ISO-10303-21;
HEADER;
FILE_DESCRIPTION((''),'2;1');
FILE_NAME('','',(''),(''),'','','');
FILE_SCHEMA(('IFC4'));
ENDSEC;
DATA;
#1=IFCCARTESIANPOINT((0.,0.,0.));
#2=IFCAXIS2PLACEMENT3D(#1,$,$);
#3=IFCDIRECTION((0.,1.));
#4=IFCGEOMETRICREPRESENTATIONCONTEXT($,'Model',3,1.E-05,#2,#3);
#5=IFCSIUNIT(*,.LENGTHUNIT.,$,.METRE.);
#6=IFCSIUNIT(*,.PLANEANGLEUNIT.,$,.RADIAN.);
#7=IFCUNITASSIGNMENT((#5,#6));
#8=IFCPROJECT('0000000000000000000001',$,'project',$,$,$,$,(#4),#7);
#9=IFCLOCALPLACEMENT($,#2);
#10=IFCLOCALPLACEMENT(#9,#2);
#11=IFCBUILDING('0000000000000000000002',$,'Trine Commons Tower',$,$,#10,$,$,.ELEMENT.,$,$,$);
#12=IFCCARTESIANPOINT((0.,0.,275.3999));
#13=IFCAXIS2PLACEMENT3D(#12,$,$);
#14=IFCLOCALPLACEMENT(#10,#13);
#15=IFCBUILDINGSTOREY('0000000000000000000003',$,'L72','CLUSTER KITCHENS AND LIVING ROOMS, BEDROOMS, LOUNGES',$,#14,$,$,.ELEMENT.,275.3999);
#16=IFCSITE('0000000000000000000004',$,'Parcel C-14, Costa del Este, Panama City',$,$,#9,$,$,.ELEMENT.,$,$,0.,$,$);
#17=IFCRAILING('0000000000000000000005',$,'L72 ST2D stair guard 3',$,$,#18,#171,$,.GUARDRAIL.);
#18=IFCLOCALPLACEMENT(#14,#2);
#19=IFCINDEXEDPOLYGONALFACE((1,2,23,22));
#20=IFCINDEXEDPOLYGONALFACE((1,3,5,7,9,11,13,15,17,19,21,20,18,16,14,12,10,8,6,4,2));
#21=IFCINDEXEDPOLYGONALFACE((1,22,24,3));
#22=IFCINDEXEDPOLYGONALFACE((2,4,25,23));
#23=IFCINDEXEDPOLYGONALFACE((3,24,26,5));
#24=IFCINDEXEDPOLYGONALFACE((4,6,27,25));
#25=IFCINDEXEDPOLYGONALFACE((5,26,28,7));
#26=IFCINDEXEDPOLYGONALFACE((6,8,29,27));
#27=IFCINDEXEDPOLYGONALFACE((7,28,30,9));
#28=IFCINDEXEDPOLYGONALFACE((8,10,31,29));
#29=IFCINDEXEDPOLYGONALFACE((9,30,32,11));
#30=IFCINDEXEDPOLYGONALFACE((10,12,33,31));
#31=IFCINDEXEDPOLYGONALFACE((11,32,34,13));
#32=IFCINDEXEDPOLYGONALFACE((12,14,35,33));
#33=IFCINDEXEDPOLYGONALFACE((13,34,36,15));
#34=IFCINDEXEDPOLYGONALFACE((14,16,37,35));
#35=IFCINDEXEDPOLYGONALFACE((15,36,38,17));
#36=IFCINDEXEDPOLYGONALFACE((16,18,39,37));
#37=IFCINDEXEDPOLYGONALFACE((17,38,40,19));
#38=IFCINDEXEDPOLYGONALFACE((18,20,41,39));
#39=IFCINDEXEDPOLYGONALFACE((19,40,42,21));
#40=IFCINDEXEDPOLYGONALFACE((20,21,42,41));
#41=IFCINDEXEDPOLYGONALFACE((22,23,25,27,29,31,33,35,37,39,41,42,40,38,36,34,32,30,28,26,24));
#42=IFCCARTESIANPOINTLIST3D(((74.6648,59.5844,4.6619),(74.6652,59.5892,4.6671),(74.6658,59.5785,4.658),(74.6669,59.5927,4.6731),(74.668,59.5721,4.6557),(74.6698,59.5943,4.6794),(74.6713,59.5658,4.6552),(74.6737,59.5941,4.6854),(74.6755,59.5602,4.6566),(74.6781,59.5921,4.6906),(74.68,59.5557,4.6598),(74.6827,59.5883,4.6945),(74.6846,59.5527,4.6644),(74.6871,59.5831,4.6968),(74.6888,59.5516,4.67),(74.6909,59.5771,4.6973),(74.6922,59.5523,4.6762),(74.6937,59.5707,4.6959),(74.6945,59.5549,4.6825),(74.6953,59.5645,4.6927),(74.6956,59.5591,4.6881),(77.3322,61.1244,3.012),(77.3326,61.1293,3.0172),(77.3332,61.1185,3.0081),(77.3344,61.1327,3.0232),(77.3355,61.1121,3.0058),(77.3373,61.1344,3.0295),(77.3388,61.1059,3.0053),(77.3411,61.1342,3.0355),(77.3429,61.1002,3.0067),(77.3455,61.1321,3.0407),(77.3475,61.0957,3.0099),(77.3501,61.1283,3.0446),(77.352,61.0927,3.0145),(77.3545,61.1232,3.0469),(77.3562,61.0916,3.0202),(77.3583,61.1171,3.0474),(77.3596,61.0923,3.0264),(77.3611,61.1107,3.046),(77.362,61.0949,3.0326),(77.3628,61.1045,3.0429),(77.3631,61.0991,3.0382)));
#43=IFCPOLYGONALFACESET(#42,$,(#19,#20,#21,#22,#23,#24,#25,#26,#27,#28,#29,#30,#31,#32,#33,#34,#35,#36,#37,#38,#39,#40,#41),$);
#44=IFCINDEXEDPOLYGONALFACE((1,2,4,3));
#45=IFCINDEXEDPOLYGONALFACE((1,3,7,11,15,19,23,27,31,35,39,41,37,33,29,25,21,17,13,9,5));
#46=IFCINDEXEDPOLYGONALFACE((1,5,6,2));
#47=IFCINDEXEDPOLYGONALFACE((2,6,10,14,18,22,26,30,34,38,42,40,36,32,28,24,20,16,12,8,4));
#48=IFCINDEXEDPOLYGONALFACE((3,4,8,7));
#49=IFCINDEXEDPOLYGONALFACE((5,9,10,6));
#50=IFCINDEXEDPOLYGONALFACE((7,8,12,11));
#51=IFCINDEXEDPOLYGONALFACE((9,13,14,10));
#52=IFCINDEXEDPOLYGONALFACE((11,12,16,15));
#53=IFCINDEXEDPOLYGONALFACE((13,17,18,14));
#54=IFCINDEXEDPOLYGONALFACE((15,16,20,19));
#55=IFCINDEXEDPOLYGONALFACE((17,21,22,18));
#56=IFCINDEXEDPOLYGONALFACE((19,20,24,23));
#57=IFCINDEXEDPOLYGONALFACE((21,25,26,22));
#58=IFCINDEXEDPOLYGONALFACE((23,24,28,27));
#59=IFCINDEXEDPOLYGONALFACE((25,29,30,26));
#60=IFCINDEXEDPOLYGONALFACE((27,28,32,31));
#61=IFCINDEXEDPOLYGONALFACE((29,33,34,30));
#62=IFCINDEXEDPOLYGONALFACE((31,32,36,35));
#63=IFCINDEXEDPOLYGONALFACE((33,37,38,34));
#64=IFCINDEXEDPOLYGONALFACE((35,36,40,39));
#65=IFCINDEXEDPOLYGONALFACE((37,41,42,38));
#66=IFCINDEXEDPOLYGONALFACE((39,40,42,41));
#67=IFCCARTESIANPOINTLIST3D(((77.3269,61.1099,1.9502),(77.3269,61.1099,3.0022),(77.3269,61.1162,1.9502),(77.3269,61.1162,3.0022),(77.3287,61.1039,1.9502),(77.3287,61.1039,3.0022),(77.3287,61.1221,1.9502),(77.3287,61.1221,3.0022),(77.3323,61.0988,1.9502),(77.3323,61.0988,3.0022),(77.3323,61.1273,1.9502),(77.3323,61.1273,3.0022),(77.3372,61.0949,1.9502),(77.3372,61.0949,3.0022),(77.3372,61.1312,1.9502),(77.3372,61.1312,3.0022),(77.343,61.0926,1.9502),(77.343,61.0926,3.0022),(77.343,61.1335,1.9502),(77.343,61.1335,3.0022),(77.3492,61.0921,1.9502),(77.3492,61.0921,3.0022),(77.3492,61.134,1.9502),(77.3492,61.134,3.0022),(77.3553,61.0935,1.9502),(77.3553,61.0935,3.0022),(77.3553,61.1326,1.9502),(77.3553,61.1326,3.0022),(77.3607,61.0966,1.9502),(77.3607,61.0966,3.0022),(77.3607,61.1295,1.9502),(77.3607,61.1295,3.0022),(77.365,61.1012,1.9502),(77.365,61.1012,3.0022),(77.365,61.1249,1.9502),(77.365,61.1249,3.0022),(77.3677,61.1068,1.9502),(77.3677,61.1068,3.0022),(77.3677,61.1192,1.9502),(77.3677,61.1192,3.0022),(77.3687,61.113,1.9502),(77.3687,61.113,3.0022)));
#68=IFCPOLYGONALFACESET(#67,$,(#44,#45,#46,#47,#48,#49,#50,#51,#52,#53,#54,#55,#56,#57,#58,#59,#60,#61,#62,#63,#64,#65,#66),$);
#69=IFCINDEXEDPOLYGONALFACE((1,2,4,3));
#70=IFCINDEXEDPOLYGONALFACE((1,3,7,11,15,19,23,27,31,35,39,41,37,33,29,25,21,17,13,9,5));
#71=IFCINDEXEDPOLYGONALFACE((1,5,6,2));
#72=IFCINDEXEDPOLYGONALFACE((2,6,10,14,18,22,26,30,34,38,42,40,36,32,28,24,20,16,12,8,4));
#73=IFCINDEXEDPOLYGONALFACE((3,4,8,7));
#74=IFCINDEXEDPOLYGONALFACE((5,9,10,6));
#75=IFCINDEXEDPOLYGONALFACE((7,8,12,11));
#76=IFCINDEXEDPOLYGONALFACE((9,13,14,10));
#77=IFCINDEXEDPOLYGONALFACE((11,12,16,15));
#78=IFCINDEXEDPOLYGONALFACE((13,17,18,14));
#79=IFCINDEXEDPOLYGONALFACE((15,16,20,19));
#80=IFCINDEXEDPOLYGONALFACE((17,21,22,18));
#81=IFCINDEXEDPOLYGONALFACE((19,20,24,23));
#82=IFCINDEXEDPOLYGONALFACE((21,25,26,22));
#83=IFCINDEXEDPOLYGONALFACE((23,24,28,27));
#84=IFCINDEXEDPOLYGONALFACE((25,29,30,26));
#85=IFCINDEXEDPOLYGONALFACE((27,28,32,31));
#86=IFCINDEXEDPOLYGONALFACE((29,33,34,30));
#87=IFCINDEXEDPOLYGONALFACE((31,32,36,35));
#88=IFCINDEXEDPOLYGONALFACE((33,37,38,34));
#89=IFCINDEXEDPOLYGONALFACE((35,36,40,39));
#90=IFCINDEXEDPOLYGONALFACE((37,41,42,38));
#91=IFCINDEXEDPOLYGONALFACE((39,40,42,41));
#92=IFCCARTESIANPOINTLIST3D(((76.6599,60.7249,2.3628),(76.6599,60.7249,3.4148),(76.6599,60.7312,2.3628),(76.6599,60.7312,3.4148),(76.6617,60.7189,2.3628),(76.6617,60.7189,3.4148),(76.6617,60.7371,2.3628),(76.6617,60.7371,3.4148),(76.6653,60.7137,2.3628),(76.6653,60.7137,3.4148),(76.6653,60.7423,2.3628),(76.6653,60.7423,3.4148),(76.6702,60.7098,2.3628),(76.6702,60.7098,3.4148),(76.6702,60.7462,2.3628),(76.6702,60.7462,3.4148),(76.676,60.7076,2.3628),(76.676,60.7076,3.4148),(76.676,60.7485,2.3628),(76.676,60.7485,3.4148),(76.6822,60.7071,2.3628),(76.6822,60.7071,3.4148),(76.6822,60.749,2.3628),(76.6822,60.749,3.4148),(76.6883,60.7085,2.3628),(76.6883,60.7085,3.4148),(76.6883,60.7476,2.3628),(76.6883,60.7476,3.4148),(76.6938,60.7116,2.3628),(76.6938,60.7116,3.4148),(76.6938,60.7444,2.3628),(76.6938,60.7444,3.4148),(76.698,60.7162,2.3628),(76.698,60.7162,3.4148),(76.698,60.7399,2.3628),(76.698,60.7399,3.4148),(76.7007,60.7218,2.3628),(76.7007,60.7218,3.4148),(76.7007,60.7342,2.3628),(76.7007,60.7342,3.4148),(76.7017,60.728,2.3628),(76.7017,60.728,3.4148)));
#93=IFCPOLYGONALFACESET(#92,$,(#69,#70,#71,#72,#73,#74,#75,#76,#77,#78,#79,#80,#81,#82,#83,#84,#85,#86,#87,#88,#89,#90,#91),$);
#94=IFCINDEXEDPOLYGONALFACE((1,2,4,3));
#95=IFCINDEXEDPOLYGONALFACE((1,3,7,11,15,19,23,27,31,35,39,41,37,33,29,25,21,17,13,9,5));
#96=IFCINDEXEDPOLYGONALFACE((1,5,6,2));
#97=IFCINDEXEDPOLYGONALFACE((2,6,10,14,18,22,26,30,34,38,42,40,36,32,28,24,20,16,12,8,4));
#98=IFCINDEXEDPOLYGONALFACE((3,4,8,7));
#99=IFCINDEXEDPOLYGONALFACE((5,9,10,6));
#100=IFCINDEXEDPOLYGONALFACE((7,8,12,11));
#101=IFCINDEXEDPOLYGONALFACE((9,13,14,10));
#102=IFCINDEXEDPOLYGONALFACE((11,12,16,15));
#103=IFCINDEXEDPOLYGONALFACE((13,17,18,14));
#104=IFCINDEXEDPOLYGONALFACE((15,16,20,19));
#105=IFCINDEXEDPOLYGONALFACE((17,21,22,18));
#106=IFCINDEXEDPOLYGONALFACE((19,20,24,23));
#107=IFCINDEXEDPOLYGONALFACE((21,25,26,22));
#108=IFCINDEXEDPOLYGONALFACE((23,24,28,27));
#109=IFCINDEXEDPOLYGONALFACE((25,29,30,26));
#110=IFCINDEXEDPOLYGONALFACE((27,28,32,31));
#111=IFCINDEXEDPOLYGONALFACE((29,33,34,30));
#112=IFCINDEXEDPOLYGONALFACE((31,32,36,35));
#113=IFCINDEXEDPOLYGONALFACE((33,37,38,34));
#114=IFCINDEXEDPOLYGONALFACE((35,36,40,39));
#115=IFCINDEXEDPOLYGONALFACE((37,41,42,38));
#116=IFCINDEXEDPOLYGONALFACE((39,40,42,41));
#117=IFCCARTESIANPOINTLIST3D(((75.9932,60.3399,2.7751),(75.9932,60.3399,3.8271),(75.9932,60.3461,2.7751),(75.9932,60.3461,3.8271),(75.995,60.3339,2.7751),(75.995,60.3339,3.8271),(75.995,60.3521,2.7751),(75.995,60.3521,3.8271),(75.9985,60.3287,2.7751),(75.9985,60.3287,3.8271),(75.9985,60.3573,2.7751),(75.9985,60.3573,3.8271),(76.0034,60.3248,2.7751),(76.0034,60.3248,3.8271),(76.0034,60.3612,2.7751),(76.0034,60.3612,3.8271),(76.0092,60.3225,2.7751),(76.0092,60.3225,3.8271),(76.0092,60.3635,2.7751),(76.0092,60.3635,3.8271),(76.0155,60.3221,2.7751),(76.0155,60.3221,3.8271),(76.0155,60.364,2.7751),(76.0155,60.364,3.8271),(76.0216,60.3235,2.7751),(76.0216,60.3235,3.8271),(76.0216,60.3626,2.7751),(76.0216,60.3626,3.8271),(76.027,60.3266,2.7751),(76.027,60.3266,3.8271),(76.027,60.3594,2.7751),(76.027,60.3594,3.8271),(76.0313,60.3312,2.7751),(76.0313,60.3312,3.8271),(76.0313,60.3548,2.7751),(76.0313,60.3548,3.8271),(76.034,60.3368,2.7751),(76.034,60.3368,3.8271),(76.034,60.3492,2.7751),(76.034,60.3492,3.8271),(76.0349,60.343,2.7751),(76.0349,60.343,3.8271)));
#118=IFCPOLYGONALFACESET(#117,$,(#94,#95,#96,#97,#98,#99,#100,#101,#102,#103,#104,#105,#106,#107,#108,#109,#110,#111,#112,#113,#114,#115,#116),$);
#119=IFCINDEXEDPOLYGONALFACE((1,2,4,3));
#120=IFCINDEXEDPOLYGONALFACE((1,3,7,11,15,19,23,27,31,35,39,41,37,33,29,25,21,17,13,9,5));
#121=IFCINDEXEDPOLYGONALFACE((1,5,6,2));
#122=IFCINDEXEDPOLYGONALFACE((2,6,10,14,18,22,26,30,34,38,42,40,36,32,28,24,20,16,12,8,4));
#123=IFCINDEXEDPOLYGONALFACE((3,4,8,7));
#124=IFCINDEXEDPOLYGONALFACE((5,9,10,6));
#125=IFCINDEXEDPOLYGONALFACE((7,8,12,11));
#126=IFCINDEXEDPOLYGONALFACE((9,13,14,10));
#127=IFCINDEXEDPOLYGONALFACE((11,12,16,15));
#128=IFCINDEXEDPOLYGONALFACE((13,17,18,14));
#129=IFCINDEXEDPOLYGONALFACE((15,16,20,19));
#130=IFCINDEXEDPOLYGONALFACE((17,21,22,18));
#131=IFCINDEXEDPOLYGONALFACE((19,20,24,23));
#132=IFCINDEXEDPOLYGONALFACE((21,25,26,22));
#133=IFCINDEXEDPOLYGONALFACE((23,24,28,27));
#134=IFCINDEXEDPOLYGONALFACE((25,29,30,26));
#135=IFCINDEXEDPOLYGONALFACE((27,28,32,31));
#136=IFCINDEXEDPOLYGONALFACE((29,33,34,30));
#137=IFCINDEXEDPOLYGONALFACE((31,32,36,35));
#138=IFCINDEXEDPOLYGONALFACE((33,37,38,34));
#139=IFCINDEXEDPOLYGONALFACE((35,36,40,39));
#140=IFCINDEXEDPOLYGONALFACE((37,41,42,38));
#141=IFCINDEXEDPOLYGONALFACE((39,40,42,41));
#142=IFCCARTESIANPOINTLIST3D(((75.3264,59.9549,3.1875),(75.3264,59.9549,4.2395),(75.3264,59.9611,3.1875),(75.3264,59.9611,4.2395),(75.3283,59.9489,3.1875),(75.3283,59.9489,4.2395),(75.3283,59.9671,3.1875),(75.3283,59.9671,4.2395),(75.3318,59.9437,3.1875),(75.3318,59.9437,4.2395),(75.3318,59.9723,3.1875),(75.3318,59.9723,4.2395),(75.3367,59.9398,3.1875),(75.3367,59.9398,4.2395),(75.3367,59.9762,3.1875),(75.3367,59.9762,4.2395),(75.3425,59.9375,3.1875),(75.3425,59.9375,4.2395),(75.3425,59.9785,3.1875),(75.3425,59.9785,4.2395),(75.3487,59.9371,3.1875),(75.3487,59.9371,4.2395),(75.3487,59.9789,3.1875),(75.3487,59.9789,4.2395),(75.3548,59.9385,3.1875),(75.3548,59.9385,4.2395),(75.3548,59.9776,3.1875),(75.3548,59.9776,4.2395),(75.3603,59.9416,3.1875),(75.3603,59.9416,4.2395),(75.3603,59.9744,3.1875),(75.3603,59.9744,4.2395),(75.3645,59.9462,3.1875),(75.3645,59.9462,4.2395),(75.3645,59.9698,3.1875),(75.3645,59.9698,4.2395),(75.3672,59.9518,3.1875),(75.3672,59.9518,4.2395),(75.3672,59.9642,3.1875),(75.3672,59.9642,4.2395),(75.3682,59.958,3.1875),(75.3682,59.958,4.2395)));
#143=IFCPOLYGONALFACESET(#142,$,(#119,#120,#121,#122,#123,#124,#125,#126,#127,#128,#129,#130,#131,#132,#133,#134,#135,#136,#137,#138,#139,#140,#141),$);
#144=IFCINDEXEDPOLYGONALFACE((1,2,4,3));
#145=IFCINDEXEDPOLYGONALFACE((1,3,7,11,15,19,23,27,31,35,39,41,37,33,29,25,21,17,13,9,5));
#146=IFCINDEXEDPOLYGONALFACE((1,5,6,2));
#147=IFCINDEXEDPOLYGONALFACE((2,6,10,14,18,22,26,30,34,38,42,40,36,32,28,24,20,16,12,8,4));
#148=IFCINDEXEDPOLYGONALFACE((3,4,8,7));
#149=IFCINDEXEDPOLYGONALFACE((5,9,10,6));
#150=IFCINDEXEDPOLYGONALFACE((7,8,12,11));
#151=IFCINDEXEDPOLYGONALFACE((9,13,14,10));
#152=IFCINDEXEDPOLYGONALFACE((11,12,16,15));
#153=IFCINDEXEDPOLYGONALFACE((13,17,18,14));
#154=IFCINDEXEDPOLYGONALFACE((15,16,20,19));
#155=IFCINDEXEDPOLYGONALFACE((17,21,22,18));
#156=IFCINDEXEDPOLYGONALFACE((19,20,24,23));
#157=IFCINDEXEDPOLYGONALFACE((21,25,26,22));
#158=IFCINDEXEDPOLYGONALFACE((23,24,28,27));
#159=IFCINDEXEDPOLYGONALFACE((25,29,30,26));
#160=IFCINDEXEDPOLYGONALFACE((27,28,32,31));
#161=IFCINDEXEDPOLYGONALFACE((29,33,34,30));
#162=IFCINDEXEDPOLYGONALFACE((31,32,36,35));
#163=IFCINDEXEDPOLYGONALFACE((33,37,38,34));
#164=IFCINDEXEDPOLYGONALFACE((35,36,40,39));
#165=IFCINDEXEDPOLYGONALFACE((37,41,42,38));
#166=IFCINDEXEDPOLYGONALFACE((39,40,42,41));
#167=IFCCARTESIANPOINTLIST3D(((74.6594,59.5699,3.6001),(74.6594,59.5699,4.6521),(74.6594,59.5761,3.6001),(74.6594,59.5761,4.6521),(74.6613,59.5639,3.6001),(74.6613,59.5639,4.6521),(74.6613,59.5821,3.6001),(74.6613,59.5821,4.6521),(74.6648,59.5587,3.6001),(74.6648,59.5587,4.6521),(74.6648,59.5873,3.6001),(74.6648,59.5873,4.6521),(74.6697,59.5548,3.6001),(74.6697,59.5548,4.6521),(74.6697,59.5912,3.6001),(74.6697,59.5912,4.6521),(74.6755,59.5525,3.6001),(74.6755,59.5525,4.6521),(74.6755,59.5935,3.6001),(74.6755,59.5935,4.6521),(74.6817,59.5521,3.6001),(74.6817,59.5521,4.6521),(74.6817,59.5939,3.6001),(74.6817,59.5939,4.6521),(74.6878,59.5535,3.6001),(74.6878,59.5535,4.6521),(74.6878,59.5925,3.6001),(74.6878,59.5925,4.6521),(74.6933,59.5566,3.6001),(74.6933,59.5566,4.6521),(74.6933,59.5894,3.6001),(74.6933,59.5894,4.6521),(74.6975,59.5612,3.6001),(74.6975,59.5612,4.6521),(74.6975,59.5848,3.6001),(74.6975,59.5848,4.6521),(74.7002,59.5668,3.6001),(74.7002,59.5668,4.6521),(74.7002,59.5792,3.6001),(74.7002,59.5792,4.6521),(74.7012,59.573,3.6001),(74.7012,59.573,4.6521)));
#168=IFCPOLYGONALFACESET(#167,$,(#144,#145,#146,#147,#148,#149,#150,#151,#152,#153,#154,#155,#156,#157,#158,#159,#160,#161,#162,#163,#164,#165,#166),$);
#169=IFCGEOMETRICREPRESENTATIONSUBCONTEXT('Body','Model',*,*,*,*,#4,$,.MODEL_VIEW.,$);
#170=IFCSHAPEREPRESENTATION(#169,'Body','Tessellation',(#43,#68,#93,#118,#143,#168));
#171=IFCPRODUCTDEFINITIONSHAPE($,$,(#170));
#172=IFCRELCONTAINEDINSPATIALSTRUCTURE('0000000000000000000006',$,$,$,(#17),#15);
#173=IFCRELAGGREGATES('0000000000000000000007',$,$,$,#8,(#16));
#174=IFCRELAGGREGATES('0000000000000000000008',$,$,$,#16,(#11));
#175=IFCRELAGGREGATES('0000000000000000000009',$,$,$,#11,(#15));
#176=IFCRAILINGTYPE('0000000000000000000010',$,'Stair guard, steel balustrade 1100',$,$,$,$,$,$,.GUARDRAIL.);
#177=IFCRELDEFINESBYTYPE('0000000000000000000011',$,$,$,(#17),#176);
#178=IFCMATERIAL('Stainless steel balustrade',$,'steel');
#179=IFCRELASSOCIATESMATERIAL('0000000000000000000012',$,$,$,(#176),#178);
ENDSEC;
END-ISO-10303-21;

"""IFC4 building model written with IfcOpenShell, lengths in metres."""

from ifc_helpers import new_model, si_unit, direction, frame, origin, origin_2d, place, context, subcontext, project, spatial, circle, extrude, material, type_object, element, save


model = new_model("IFC4")

# Units and contexts
model_context = context("Model", 3, precision=1e-05, world=origin(), true_north=direction((0.0, 1.0)))
body_context = subcontext(model_context, "Body", "Model", "MODEL_VIEW")
ifc_project = project(units=[si_unit("LENGTHUNIT", "METRE"), si_unit("PLANEANGLEUNIT", "RADIAN")], contexts=[model_context])

# Site, building, storey
site_placement = place(None, origin())
site = spatial("IfcSite", under=ifc_project, at=site_placement, Name="Parcel C-14, Costa del Este, Panama City", CompositionType="ELEMENT", RefElevation=0.0)
building_placement = place(site_placement, origin())
building = spatial("IfcBuilding", under=site, at=building_placement, Name="Trine Commons Tower", CompositionType="ELEMENT")
storey_placement = place(building_placement, frame((0.0, 0.0, 275.3999)))
storey = spatial("IfcBuildingStorey", under=building, at=storey_placement, Name="L72", Description="CLUSTER KITCHENS AND LIVING ROOMS, BEDROOMS, LOUNGES", CompositionType="ELEMENT", Elevation=275.3999)

# Railing
ifc_material_1 = material(Name="Stainless steel balustrade", Category="steel")
railing_type_1 = type_object("IfcRailingType", Name="Stair guard, steel balustrade 1100", PredefinedType="GUARDRAIL", material=ifc_material_1)
railing_1_placement = place(storey_placement, frame((77.3477, 61.113, 1.9502)))
element("IfcRailing", 1, at=railing_1_placement, inside=storey, type_object=railing_type_1, Name="L72 ST2D stair guard 3", PredefinedType="GUARDRAIL", context=body_context, shape_type="SweptSolid", body=[
    extrude(circle(Radius=0.0239, at=origin_2d()), frame((0.0, 0.0, 1.0762), z_axis=(-0.763405, -0.440743, 0.472185), x_axis=(0.499992, -0.86603, 0.0)), (0.0, 0.0, 1.0), 3.4941),
    extrude(circle(Radius=0.021, at=origin_2d()), origin(), (0.0, 0.0, 1.0), 1.052),
    extrude(circle(Radius=0.021, at=origin_2d()), frame((-0.667, -0.385, 0.4126)), (0.0, 0.0, 1.0), 1.052),
    extrude(circle(Radius=0.021, at=origin_2d()), frame((-1.3337, -0.77, 0.825)), (0.0, 0.0, 1.0), 1.052),
    extrude(circle(Radius=0.021, at=origin_2d()), frame((-2.0005, -1.155, 1.2373)), (0.0, 0.0, 1.0), 1.052),
    extrude(circle(Radius=0.021, at=origin_2d()), frame((-2.6675, -1.54, 1.6499)), (0.0, 0.0, 1.0), 1.052),
])

save(model, "model.ifc")
